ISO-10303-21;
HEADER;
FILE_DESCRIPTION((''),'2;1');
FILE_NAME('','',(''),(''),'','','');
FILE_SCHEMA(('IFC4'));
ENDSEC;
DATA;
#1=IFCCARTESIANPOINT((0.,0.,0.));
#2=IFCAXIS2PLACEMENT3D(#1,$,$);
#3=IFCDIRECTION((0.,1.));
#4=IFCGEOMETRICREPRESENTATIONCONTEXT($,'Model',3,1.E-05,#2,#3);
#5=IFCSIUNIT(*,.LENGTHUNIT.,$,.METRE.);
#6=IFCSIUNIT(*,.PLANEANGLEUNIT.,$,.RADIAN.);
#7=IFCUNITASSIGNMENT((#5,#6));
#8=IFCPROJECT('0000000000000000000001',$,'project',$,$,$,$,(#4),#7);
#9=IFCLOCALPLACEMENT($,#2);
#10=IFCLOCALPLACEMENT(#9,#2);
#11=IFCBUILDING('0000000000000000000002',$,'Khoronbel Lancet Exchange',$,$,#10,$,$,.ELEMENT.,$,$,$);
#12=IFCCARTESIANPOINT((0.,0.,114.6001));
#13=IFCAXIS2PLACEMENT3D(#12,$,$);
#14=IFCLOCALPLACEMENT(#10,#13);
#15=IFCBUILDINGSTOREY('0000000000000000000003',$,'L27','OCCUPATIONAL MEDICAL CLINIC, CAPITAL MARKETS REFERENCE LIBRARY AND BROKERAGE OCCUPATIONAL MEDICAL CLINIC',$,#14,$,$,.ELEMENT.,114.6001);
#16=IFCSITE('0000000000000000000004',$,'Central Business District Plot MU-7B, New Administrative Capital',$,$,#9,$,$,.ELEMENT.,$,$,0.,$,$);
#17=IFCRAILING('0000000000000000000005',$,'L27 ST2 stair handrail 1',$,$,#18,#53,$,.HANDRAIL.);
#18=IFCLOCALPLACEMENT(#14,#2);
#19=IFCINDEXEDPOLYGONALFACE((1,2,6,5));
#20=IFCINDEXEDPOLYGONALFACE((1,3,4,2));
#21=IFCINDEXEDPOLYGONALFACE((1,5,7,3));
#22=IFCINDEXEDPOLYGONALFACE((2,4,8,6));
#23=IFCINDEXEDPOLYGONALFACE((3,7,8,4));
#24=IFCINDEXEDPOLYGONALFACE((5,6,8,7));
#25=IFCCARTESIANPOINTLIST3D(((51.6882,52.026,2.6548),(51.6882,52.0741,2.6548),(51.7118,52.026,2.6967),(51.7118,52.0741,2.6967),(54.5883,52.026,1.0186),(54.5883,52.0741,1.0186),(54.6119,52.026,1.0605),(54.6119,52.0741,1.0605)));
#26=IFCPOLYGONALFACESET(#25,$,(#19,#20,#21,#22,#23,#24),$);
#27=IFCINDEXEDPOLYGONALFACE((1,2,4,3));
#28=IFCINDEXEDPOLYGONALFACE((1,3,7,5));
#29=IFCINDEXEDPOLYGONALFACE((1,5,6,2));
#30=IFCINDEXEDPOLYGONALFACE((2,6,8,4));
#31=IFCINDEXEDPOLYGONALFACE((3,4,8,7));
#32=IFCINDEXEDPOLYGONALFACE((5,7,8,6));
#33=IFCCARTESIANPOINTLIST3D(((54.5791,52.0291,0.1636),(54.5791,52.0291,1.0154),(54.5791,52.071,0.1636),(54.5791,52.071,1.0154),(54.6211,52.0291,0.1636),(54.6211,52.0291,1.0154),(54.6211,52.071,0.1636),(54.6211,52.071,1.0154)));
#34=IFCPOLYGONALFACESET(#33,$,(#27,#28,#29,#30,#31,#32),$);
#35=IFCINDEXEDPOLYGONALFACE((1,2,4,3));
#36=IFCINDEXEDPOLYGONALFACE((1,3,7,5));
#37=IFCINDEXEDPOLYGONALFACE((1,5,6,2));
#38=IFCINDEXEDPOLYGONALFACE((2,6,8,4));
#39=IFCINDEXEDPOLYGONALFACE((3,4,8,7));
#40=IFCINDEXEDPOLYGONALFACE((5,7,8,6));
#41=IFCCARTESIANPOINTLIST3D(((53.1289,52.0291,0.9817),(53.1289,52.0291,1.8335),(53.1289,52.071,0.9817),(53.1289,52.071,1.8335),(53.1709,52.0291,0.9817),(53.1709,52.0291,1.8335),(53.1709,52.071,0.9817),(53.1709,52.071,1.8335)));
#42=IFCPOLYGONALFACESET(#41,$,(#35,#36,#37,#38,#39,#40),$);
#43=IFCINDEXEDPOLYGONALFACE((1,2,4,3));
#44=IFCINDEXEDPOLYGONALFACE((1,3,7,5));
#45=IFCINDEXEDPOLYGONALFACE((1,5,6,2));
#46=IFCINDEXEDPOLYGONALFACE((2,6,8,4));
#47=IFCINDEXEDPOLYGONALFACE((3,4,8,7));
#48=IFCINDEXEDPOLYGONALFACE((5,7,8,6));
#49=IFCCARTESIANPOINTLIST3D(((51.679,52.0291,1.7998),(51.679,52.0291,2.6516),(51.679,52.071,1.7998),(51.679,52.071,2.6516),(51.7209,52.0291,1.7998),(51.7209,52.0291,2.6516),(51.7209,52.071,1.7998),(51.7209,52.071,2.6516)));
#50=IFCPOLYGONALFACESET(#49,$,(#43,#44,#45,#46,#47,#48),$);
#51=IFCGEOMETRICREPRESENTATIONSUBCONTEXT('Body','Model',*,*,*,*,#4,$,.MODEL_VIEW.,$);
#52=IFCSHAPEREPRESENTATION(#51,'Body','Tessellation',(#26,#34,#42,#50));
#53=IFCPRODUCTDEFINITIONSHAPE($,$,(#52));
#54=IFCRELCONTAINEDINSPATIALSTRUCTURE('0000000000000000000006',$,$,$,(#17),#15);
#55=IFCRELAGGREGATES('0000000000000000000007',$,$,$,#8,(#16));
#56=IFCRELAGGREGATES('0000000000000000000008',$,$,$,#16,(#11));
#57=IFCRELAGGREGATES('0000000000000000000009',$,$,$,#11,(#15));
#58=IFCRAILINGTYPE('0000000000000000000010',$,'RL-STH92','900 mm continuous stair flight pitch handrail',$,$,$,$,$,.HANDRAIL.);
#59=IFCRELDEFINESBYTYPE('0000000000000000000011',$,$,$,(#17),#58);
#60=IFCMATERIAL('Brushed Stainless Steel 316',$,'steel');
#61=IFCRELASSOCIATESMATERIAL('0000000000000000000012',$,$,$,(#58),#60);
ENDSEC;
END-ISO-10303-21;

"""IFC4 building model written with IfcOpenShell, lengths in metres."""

from ifc_helpers import new_model, si_unit, direction, frame, origin, origin_2d, place, context, subcontext, project, spatial, rectangle, extrude, material, type_object, element, save


model = new_model("IFC4")

# Units and contexts
model_context = context("Model", 3, precision=1e-05, world=origin(), true_north=direction((0.0, 1.0)))
body_context = subcontext(model_context, "Body", "Model", "MODEL_VIEW")
ifc_project = project(units=[si_unit("LENGTHUNIT", "METRE"), si_unit("PLANEANGLEUNIT", "RADIAN")], contexts=[model_context])

# Site, building, storey
site_placement = place(None, origin())
site = spatial("IfcSite", under=ifc_project, at=site_placement, Name="Central Business District Plot MU-7B, New Administrative Capital", CompositionType="ELEMENT", RefElevation=0.0)
building_placement = place(site_placement, origin())
building = spatial("IfcBuilding", under=site, at=building_placement, Name="Khoronbel Lancet Exchange", CompositionType="ELEMENT")
storey_placement = place(building_placement, frame((0.0, 0.0, 114.6001)))
storey = spatial("IfcBuildingStorey", under=building, at=storey_placement, Name="L27", Description="OCCUPATIONAL MEDICAL CLINIC, CAPITAL MARKETS REFERENCE LIBRARY AND BROKERAGE OCCUPATIONAL MEDICAL CLINIC", CompositionType="ELEMENT", Elevation=114.6001)

# Railing
ifc_material_1 = material(Name="Brushed Stainless Steel 316", Category="steel")
railing_type_1 = type_object("IfcRailingType", Name="RL-STH92", Description="900 mm continuous stair flight pitch handrail", PredefinedType="HANDRAIL", material=ifc_material_1)
railing_1_placement = place(storey_placement, frame((54.6001, 52.05, 0.1636)))
element("IfcRailing", 1, at=railing_1_placement, inside=storey, type_object=railing_type_1, Name="L27 ST2 stair handrail 1", PredefinedType="HANDRAIL", context=body_context, shape_type="SweptSolid", body=[
    extrude(rectangle(XDim=0.0481, YDim=0.0481, at=origin_2d()), frame((0.0, 0.0, 0.876), z_axis=(-0.870946, 0.0, 0.491378), x_axis=(0.0, -1.0, 0.0)), (0.0, 0.0, 1.0), 3.3298),
    extrude(rectangle(XDim=0.042, YDim=0.042, at=origin_2d()), origin(), (0.0, 0.0, 1.0), 0.8518),
    extrude(rectangle(XDim=0.042, YDim=0.042, at=origin_2d()), frame((-1.4502, 0.0, 0.8181)), (0.0, 0.0, 1.0), 0.8518),
    extrude(rectangle(XDim=0.042, YDim=0.042, at=origin_2d()), frame((-2.9001, 0.0, 1.6362)), (0.0, 0.0, 1.0), 0.8518),
])

save(model, "model.ifc")
